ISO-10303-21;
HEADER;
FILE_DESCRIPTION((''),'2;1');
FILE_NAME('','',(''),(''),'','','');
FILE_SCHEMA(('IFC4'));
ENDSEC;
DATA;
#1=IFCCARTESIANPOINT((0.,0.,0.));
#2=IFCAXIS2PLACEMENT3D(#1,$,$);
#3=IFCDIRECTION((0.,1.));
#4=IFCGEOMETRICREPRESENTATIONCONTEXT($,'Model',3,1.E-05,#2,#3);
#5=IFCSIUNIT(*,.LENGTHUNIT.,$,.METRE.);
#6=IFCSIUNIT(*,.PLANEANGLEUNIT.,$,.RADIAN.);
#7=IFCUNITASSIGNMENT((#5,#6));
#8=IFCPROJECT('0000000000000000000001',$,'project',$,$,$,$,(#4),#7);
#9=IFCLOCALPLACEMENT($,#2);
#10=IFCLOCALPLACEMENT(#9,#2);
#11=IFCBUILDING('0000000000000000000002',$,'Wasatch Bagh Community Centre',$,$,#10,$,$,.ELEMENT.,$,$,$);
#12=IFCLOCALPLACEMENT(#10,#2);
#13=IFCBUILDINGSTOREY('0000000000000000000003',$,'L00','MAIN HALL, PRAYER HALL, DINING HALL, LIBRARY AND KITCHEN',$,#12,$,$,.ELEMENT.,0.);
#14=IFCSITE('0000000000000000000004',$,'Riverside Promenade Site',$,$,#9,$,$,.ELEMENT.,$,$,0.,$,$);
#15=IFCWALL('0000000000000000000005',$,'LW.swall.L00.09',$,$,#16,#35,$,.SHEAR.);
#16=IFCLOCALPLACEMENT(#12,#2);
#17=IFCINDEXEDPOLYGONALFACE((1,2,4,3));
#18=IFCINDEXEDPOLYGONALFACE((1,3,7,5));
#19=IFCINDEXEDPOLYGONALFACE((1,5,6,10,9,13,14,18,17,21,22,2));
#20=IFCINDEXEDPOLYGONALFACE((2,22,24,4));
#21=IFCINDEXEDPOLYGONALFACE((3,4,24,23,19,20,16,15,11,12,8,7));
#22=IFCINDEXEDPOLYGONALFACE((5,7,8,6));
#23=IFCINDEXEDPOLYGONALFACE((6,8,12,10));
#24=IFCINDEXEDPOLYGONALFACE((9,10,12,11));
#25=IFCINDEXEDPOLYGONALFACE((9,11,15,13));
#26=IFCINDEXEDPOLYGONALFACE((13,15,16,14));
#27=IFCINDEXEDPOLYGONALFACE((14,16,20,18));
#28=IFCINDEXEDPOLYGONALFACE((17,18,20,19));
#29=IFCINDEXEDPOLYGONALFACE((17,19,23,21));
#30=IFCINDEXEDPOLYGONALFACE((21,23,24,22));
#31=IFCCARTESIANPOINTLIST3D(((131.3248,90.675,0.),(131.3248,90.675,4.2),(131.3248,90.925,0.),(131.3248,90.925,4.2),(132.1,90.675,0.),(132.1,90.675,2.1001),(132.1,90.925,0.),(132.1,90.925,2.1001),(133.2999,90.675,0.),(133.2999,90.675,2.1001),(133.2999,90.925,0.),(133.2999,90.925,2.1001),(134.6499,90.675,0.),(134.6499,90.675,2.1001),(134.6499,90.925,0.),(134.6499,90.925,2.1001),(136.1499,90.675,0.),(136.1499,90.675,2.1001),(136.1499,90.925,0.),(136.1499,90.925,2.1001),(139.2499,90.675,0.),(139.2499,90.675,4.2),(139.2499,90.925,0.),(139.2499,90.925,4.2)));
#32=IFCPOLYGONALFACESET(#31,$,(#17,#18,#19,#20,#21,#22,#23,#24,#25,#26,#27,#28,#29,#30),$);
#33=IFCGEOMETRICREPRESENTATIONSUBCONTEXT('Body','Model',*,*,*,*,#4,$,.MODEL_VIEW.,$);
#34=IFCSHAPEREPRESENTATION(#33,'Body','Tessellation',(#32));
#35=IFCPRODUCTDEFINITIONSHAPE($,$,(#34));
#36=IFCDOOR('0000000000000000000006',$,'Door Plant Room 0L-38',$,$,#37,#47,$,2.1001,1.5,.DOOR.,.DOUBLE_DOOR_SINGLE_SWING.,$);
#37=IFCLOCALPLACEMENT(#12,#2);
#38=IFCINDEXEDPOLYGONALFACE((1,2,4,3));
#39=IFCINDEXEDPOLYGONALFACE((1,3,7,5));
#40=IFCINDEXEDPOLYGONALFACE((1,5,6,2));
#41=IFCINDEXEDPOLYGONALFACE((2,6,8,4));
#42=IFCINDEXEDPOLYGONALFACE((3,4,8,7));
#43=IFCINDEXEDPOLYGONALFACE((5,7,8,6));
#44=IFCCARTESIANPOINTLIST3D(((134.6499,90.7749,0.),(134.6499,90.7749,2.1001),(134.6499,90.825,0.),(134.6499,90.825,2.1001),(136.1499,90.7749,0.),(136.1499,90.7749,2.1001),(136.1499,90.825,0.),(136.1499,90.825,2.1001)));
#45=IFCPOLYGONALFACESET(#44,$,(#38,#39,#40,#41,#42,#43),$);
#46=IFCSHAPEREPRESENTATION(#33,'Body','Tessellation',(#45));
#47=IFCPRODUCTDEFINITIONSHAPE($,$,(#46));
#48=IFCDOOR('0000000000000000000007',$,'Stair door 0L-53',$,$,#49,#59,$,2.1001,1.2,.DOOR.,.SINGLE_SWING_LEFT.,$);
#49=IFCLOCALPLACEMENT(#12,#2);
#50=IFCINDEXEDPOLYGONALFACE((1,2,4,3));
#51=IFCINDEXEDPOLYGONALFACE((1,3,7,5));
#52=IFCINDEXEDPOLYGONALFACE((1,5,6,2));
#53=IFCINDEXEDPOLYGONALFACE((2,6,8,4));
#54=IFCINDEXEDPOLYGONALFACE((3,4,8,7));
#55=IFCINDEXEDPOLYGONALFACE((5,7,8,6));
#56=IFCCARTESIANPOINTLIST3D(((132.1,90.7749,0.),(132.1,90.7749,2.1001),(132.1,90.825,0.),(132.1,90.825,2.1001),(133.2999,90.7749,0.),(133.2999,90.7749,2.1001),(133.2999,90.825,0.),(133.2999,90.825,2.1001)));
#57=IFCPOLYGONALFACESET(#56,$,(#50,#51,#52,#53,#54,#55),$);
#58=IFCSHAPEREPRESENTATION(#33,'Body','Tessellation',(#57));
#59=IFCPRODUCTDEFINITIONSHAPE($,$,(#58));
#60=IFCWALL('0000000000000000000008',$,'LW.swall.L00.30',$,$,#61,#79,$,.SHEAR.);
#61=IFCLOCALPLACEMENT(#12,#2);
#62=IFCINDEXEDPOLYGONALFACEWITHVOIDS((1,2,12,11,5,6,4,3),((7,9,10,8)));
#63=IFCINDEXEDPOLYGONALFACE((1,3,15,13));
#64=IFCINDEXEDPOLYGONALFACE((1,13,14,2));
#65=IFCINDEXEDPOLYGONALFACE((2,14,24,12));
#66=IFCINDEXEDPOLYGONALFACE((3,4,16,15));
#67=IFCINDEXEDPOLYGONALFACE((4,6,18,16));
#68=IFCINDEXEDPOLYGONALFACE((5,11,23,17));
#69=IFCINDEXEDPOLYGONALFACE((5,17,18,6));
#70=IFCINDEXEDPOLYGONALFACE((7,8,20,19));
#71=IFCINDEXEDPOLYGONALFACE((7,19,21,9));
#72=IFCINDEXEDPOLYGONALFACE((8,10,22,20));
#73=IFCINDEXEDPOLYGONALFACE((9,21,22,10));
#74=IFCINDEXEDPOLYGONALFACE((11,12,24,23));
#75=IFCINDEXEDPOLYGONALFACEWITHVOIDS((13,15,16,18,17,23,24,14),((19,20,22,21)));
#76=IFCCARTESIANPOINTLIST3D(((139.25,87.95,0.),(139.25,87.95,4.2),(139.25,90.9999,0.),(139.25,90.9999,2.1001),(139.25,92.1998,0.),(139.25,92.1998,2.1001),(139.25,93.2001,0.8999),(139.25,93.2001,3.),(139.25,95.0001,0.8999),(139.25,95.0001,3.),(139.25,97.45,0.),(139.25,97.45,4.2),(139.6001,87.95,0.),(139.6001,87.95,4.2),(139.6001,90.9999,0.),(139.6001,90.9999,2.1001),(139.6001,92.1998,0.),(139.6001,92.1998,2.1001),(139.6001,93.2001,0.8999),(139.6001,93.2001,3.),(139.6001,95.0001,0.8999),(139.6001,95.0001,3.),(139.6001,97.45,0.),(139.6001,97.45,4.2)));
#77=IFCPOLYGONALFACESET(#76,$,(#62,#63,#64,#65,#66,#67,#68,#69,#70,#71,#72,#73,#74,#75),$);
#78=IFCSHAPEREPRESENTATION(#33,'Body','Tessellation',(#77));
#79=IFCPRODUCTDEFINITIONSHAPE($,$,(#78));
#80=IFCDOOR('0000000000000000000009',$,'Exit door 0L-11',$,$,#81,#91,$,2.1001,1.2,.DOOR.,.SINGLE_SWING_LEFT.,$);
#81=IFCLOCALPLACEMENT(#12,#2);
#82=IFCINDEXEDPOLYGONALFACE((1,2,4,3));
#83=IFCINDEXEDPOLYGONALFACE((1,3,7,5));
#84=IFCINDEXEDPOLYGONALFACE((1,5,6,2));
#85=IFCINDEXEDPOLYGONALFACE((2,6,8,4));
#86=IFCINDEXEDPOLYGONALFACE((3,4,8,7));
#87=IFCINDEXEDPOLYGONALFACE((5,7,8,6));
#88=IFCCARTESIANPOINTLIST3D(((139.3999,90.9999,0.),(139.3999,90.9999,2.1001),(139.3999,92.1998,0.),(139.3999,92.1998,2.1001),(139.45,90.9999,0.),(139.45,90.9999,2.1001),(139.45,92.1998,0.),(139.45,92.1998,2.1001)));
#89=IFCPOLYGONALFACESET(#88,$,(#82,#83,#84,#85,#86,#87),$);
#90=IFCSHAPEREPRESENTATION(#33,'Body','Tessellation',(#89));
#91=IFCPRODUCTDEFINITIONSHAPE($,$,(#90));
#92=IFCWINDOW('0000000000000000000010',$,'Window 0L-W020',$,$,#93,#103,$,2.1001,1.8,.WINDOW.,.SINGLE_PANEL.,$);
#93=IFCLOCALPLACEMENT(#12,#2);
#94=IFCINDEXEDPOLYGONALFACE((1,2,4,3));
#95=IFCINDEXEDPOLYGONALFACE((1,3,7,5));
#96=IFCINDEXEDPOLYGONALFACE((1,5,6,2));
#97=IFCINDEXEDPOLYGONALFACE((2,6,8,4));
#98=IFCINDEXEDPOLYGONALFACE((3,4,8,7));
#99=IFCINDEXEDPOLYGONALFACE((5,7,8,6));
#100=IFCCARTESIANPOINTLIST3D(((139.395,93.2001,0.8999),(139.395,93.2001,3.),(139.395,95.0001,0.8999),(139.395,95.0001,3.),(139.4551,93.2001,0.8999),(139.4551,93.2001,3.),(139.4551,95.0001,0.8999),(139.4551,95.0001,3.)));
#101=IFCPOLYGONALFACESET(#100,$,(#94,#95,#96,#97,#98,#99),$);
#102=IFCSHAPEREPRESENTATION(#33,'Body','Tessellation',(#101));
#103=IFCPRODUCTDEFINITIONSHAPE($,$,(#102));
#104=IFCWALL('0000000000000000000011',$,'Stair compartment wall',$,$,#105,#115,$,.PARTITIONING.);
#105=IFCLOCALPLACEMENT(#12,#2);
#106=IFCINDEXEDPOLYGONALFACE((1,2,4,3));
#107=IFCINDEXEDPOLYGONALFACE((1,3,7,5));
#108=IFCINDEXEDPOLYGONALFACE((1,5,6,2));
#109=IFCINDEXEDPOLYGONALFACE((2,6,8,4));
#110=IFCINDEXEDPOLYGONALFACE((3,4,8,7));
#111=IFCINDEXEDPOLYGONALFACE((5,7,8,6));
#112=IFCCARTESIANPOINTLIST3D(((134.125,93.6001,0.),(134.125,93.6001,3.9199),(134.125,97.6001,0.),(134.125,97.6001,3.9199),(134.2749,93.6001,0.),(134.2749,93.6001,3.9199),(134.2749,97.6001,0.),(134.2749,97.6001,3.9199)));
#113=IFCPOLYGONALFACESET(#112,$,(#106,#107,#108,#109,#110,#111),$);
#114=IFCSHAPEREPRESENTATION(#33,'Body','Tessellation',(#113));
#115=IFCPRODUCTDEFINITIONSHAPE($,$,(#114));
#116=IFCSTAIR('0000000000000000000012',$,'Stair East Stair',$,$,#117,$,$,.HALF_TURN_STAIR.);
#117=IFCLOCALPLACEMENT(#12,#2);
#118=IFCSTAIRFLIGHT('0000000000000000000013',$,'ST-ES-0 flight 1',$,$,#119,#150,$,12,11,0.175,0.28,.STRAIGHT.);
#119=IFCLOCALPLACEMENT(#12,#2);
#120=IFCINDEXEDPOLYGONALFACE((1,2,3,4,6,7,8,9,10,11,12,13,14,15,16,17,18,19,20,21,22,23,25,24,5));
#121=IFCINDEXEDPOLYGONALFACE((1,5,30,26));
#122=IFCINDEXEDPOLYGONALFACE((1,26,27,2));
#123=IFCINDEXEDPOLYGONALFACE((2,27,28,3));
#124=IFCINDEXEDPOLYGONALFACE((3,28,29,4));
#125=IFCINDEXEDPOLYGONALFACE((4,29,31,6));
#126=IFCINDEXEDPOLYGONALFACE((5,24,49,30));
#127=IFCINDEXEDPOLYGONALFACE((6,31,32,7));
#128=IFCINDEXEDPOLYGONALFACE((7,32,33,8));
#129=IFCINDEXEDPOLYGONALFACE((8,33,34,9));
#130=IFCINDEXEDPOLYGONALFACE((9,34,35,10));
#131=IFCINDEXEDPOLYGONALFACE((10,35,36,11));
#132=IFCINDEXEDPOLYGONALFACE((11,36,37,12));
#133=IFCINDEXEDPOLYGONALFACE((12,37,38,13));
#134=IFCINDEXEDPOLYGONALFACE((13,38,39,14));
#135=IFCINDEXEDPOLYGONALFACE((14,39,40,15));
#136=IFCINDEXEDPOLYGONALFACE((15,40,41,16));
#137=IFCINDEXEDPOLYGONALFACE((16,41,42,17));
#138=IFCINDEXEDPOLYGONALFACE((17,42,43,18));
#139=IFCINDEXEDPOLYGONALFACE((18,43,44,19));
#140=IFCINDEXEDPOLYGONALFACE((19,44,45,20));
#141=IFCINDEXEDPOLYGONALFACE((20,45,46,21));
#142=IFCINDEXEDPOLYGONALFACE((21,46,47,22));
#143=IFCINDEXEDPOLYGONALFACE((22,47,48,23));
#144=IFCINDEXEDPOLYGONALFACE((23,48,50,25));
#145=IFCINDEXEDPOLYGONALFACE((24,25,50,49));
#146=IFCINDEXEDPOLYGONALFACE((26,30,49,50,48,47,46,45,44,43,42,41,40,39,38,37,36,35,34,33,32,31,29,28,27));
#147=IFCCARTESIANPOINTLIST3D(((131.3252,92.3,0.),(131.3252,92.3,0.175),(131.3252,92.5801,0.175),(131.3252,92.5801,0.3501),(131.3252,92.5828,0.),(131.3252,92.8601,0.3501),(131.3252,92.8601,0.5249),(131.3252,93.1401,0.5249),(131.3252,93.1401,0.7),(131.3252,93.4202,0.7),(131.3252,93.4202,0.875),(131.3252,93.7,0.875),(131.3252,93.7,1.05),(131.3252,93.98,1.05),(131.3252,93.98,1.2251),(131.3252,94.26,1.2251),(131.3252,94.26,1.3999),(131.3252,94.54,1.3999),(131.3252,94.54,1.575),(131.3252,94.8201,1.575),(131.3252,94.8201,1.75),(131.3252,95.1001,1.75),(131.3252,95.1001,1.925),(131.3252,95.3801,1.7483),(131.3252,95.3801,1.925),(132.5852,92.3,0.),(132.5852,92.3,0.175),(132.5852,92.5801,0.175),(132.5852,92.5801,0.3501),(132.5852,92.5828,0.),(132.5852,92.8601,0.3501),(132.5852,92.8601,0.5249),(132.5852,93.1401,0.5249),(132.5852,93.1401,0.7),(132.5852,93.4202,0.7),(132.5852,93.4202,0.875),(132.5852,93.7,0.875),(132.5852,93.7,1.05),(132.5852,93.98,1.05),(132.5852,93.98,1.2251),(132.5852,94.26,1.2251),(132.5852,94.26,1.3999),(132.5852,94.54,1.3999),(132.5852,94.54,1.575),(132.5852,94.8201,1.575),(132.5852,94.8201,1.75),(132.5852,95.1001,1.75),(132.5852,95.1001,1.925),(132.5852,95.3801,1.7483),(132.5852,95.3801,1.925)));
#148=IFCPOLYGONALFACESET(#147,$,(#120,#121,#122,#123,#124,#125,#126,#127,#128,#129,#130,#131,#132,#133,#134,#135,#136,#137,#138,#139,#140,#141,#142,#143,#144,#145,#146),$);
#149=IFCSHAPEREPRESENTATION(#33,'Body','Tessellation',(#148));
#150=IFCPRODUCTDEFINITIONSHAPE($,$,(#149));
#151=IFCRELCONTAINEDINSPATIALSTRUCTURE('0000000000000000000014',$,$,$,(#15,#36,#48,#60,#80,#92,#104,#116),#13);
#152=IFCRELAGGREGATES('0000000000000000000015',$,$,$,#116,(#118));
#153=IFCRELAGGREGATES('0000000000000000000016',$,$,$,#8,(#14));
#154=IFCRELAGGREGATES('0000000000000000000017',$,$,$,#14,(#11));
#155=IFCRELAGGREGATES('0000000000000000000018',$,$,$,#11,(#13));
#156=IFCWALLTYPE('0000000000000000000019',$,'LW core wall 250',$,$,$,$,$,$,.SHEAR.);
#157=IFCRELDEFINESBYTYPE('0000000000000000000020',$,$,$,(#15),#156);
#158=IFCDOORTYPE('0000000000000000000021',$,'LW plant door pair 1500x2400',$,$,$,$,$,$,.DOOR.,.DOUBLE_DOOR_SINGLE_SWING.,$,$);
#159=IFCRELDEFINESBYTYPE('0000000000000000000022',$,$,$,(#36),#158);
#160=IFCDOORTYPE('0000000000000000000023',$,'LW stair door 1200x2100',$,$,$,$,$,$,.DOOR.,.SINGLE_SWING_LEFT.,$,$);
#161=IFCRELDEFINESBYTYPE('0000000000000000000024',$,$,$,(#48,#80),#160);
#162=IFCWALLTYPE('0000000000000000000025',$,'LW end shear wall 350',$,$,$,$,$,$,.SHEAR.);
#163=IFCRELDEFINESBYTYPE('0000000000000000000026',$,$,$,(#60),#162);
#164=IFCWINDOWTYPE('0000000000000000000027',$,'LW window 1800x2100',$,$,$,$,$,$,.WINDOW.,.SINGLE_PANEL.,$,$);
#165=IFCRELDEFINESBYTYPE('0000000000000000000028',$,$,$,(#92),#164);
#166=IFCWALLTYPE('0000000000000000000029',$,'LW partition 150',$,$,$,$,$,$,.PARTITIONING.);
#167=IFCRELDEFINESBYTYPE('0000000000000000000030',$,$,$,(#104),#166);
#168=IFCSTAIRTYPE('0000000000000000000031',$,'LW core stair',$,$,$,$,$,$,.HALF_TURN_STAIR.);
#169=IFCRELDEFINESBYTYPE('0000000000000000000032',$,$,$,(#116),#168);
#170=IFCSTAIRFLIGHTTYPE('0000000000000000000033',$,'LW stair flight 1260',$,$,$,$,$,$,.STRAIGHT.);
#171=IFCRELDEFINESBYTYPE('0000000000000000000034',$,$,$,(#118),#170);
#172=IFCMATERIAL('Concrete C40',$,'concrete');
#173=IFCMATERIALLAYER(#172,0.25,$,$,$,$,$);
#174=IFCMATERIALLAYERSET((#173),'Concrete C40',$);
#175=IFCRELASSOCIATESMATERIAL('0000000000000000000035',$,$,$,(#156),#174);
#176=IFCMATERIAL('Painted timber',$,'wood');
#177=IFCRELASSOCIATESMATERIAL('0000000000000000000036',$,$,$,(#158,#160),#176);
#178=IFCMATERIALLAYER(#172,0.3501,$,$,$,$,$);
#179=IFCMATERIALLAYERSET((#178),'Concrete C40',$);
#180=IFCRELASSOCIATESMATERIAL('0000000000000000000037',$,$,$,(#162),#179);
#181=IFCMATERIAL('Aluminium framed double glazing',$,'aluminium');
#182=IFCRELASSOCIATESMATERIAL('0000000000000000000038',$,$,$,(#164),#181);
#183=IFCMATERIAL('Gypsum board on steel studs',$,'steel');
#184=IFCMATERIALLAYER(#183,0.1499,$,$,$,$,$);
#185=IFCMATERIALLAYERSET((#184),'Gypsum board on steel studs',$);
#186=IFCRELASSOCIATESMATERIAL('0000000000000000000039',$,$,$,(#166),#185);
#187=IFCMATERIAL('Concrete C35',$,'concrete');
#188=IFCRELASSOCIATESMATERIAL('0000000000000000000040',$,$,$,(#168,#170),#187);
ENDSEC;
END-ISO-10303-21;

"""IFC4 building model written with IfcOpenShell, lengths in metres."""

from ifc_helpers import new_model, si_unit, direction, frame, frame_2d, origin, place, context, subcontext, project, spatial, polyline, rectangle, outline, extrude, material, layer, layer_set, type_object, element, fill, aggregate, save


model = new_model("IFC4")

# Units and contexts
model_context = context("Model", 3, precision=1e-05, world=origin(), true_north=direction((0.0, 1.0)))
body_context = subcontext(model_context, "Body", "Model", "MODEL_VIEW")
ifc_project = project(units=[si_unit("LENGTHUNIT", "METRE"), si_unit("PLANEANGLEUNIT", "RADIAN")], contexts=[model_context])

# Site, building, storey
site_placement = place(None, origin())
site = spatial("IfcSite", under=ifc_project, at=site_placement, Name="Riverside Promenade Site", CompositionType="ELEMENT", RefElevation=0.0)
building_placement = place(site_placement, origin())
building = spatial("IfcBuilding", under=site, at=building_placement, Name="Wasatch Bagh Community Centre", CompositionType="ELEMENT")
storey_placement = place(building_placement, origin())
storey = spatial("IfcBuildingStorey", under=building, at=storey_placement, Name="L00", Description="MAIN HALL, PRAYER HALL, DINING HALL, LIBRARY AND KITCHEN", CompositionType="ELEMENT", Elevation=0.0)

# Shared definitions
ifc_material_1 = material(Name="Concrete C35", Category="concrete")

# Wall, openings, doors
ifc_material_2 = material(Name="Concrete C40", Category="concrete")
ifc_layer_1 = layer(ifc_material_2, 0.25)
ifc_layer_set_1 = layer_set([ifc_layer_1], Name="Concrete C40")
wall_type_1 = type_object("IfcWallType", Name="LW core wall 250", PredefinedType="SHEAR", material=ifc_layer_set_1)
wall_1_placement = place(storey_placement, frame((131.325, 90.8, 0.0), z_axis=(0.0, 0.0, 1.0), x_axis=(1.0, 0.0, 0.0)))
wall_1 = element("IfcWall", 1, at=wall_1_placement, inside=storey, type_object=wall_type_1, Name="LW.swall.L00.09", PredefinedType="SHEAR", context=body_context, shape_type="SweptSolid", body=[
    extrude(rectangle(XDim=7.925, YDim=0.25, at=frame_2d((3.9624, 0.0))), origin(), (0.0, 0.0, 1.0), 4.2),
])
opening_1_placement = place(wall_1_placement, frame((3.325, 0.0, 0.0)))
opening_1 = element("IfcOpeningElement", 2, at=opening_1_placement, cuts=wall_1, PredefinedType="OPENING", context=body_context, shape_type="SweptSolid", body=[
    extrude(rectangle(XDim=1.5, YDim=2.1001, at=frame_2d((0.75, 1.05))), frame((0.0, 0.135, 0.0), z_axis=(0.0, -1.0, 0.0), x_axis=(1.0, 0.0, 0.0)), (0.0, 0.0, 1.0), 0.27),
])
opening_2_placement = place(wall_1_placement, frame((0.7749, 0.0, 0.0)))
opening_2 = element("IfcOpeningElement", 3, at=opening_2_placement, cuts=wall_1, PredefinedType="OPENING", context=body_context, shape_type="SweptSolid", body=[
    extrude(rectangle(XDim=1.2, YDim=2.1001, at=frame_2d((0.6001, 1.05))), frame((0.0, 0.135, 0.0), z_axis=(0.0, -1.0, 0.0), x_axis=(1.0, 0.0, 0.0)), (0.0, 0.0, 1.0), 0.27),
])
ifc_material_3 = material(Name="Painted timber", Category="wood")
door_type_1 = type_object("IfcDoorType", Name="LW plant door pair 1500x2400", OperationType="DOUBLE_DOOR_SINGLE_SWING", PredefinedType="DOOR", material=ifc_material_3)
door_1_placement = place(opening_1_placement, origin())
door_1 = element("IfcDoor", 4, at=door_1_placement, inside=storey, type_object=door_type_1, Name="Door Plant Room 0L-38", OperationType="DOUBLE_DOOR_SINGLE_SWING", OverallHeight=2.1001, OverallWidth=1.5, PredefinedType="DOOR", context=body_context, shape_type="SweptSolid", body=[
    extrude(rectangle(XDim=1.5, YDim=2.1001, at=frame_2d((0.75, 1.05))), frame((0.0, 0.0249, 0.0), z_axis=(0.0, -1.0, 0.0), x_axis=(1.0, 0.0, 0.0)), (0.0, 0.0, 1.0), 0.05),
])
fill(opening_1, door_1)
door_type_2 = type_object("IfcDoorType", Name="LW stair door 1200x2100", OperationType="SINGLE_SWING_LEFT", PredefinedType="DOOR", material=ifc_material_3)
door_2_placement = place(opening_2_placement, origin())
door_2 = element("IfcDoor", 5, at=door_2_placement, inside=storey, type_object=door_type_2, Name="Stair door 0L-53", OperationType="SINGLE_SWING_LEFT", OverallHeight=2.1001, OverallWidth=1.2, PredefinedType="DOOR", context=body_context, shape_type="SweptSolid", body=[
    extrude(rectangle(XDim=1.2, YDim=2.1001, at=frame_2d((0.6001, 1.05))), frame((0.0, 0.0249, 0.0), z_axis=(0.0, -1.0, 0.0), x_axis=(1.0, 0.0, 0.0)), (0.0, 0.0, 1.0), 0.05),
])
fill(opening_2, door_2)

# Wall, openings, door, window
ifc_layer_2 = layer(ifc_material_2, 0.3501)
ifc_layer_set_2 = layer_set([ifc_layer_2], Name="Concrete C40")
wall_type_2 = type_object("IfcWallType", Name="LW end shear wall 350", PredefinedType="SHEAR", material=ifc_layer_set_2)
wall_2_placement = place(storey_placement, frame((139.425, 97.45, 0.0), z_axis=(0.0, 0.0, 1.0), x_axis=(0.0, -1.0, 0.0)))
wall_2 = element("IfcWall", 6, at=wall_2_placement, inside=storey, type_object=wall_type_2, Name="LW.swall.L00.30", PredefinedType="SHEAR", context=body_context, shape_type="SweptSolid", body=[
    extrude(rectangle(XDim=9.5, YDim=0.3501, at=frame_2d((4.75, 0.0))), origin(), (0.0, 0.0, 1.0), 4.2),
])
opening_3_placement = place(wall_2_placement, frame((5.25, 0.0, 0.0)))
opening_3 = element("IfcOpeningElement", 7, at=opening_3_placement, cuts=wall_2, PredefinedType="OPENING", context=body_context, shape_type="SweptSolid", body=[
    extrude(rectangle(XDim=1.2, YDim=2.1001, at=frame_2d((0.6001, 1.05))), frame((0.0, 0.1851, 0.0), z_axis=(0.0, -1.0, 0.0), x_axis=(1.0, 0.0, 0.0)), (0.0, 0.0, 1.0), 0.3701),
])
opening_4_placement = place(wall_2_placement, frame((2.45, 0.0, 0.8999)))
opening_4 = element("IfcOpeningElement", 8, at=opening_4_placement, cuts=wall_2, PredefinedType="OPENING", context=body_context, shape_type="SweptSolid", body=[
    extrude(rectangle(XDim=1.8, YDim=2.1001, at=frame_2d((0.8999, 1.05))), frame((0.0, 0.1851, 0.0), z_axis=(0.0, -1.0, 0.0), x_axis=(1.0, 0.0, 0.0)), (0.0, 0.0, 1.0), 0.3701),
])
door_3_placement = place(opening_3_placement, origin())
door_3 = element("IfcDoor", 9, at=door_3_placement, inside=storey, type_object=door_type_2, Name="Exit door 0L-11", OperationType="SINGLE_SWING_LEFT", OverallHeight=2.1001, OverallWidth=1.2, PredefinedType="DOOR", context=body_context, shape_type="SweptSolid", body=[
    extrude(rectangle(XDim=1.2, YDim=2.1001, at=frame_2d((0.6001, 1.05))), frame((0.0, 0.0249, 0.0), z_axis=(0.0, -1.0, 0.0), x_axis=(1.0, 0.0, 0.0)), (0.0, 0.0, 1.0), 0.05),
])
fill(opening_3, door_3)
ifc_material_4 = material(Name="Aluminium framed double glazing", Category="aluminium")
window_type = type_object("IfcWindowType", Name="LW window 1800x2100", PartitioningType="SINGLE_PANEL", PredefinedType="WINDOW", material=ifc_material_4)
window_placement = place(opening_4_placement, origin())
window = element("IfcWindow", 10, at=window_placement, inside=storey, type_object=window_type, Name="Window 0L-W020", OverallHeight=2.1001, OverallWidth=1.8, PartitioningType="SINGLE_PANEL", PredefinedType="WINDOW", context=body_context, shape_type="SweptSolid", body=[
    extrude(rectangle(XDim=1.8, YDim=2.1001, at=frame_2d((0.8999, 1.05))), frame((0.0, 0.03, 0.0), z_axis=(0.0, -1.0, 0.0), x_axis=(1.0, 0.0, 0.0)), (0.0, 0.0, 1.0), 0.0601),
])
fill(opening_4, window)

# Wall
ifc_material_5 = material(Name="Gypsum board on steel studs", Category="steel")
ifc_layer_3 = layer(ifc_material_5, 0.1499)
ifc_layer_set_3 = layer_set([ifc_layer_3], Name="Gypsum board on steel studs")
wall_type_3 = type_object("IfcWallType", Name="LW partition 150", PredefinedType="PARTITIONING", material=ifc_layer_set_3)
wall_3_placement = place(storey_placement, frame((134.2, 93.6001, 0.0), z_axis=(0.0, 0.0, 1.0), x_axis=(0.0, 1.0, 0.0)))
element("IfcWall", 11, at=wall_3_placement, inside=storey, type_object=wall_type_3, Name="Stair compartment wall", PredefinedType="PARTITIONING", context=body_context, shape_type="SweptSolid", body=[
    extrude(rectangle(XDim=4.0, YDim=0.1499, at=frame_2d((2.0, 0.0))), origin(), (0.0, 0.0, 1.0), 3.9199),
])

# Stair, stair flight
stair_type = type_object("IfcStairType", Name="LW core stair", PredefinedType="HALF_TURN_STAIR", material=ifc_material_1)
stair_placement = place(storey_placement, origin())
stair = element("IfcStair", 12, at=stair_placement, inside=storey, type_object=stair_type, Name="Stair East Stair", PredefinedType="HALF_TURN_STAIR")
stair_flight_type = type_object("IfcStairFlightType", Name="LW stair flight 1260", PredefinedType="STRAIGHT", material=ifc_material_1)
stair_flight_1_placement = place(storey_placement, frame((131.9551, 92.3, 0.0), z_axis=(0.0, 0.0, 1.0), x_axis=(0.0, 1.0, 0.0)))
stair_flight_1 = element("IfcStairFlight", 13, at=stair_flight_1_placement, type_object=stair_flight_type, Name="ST-ES-0 flight 1", NumberOfRisers=12, NumberOfTreads=11, PredefinedType="STRAIGHT", RiserHeight=0.175, TreadLength=0.28, context=body_context, shape_type="SweptSolid", body=[
    extrude(outline(polyline([(0.0, 0.0), (0.0, 0.175), (0.28, 0.175), (0.28, 0.3501), (0.5601, 0.3501), (0.5601, 0.5249), (0.8401, 0.5249), (0.8401, 0.7), (1.1201, 0.7), (1.1201, 0.875), (1.3999, 0.875), (1.3999, 1.05), (1.6799, 1.05), (1.6799, 1.2251), (1.96, 1.2251), (1.96, 1.3999), (2.24, 1.3999), (2.24, 1.575), (2.52, 1.575), (2.52, 1.75), (2.8, 1.75), (2.8, 1.925), (3.0801, 1.925), (3.0801, 2.1001), (3.0801, 1.7483), (0.2827, 0.0), (0.0, 0.0)])), frame((0.0, 0.6299, 0.0), z_axis=(0.0, -1.0, 0.0), x_axis=(1.0, 0.0, 0.0)), (0.0, 0.0, 1.0), 1.26),
])
aggregate(stair, [stair_flight_1])

save(model, "model.ifc")
